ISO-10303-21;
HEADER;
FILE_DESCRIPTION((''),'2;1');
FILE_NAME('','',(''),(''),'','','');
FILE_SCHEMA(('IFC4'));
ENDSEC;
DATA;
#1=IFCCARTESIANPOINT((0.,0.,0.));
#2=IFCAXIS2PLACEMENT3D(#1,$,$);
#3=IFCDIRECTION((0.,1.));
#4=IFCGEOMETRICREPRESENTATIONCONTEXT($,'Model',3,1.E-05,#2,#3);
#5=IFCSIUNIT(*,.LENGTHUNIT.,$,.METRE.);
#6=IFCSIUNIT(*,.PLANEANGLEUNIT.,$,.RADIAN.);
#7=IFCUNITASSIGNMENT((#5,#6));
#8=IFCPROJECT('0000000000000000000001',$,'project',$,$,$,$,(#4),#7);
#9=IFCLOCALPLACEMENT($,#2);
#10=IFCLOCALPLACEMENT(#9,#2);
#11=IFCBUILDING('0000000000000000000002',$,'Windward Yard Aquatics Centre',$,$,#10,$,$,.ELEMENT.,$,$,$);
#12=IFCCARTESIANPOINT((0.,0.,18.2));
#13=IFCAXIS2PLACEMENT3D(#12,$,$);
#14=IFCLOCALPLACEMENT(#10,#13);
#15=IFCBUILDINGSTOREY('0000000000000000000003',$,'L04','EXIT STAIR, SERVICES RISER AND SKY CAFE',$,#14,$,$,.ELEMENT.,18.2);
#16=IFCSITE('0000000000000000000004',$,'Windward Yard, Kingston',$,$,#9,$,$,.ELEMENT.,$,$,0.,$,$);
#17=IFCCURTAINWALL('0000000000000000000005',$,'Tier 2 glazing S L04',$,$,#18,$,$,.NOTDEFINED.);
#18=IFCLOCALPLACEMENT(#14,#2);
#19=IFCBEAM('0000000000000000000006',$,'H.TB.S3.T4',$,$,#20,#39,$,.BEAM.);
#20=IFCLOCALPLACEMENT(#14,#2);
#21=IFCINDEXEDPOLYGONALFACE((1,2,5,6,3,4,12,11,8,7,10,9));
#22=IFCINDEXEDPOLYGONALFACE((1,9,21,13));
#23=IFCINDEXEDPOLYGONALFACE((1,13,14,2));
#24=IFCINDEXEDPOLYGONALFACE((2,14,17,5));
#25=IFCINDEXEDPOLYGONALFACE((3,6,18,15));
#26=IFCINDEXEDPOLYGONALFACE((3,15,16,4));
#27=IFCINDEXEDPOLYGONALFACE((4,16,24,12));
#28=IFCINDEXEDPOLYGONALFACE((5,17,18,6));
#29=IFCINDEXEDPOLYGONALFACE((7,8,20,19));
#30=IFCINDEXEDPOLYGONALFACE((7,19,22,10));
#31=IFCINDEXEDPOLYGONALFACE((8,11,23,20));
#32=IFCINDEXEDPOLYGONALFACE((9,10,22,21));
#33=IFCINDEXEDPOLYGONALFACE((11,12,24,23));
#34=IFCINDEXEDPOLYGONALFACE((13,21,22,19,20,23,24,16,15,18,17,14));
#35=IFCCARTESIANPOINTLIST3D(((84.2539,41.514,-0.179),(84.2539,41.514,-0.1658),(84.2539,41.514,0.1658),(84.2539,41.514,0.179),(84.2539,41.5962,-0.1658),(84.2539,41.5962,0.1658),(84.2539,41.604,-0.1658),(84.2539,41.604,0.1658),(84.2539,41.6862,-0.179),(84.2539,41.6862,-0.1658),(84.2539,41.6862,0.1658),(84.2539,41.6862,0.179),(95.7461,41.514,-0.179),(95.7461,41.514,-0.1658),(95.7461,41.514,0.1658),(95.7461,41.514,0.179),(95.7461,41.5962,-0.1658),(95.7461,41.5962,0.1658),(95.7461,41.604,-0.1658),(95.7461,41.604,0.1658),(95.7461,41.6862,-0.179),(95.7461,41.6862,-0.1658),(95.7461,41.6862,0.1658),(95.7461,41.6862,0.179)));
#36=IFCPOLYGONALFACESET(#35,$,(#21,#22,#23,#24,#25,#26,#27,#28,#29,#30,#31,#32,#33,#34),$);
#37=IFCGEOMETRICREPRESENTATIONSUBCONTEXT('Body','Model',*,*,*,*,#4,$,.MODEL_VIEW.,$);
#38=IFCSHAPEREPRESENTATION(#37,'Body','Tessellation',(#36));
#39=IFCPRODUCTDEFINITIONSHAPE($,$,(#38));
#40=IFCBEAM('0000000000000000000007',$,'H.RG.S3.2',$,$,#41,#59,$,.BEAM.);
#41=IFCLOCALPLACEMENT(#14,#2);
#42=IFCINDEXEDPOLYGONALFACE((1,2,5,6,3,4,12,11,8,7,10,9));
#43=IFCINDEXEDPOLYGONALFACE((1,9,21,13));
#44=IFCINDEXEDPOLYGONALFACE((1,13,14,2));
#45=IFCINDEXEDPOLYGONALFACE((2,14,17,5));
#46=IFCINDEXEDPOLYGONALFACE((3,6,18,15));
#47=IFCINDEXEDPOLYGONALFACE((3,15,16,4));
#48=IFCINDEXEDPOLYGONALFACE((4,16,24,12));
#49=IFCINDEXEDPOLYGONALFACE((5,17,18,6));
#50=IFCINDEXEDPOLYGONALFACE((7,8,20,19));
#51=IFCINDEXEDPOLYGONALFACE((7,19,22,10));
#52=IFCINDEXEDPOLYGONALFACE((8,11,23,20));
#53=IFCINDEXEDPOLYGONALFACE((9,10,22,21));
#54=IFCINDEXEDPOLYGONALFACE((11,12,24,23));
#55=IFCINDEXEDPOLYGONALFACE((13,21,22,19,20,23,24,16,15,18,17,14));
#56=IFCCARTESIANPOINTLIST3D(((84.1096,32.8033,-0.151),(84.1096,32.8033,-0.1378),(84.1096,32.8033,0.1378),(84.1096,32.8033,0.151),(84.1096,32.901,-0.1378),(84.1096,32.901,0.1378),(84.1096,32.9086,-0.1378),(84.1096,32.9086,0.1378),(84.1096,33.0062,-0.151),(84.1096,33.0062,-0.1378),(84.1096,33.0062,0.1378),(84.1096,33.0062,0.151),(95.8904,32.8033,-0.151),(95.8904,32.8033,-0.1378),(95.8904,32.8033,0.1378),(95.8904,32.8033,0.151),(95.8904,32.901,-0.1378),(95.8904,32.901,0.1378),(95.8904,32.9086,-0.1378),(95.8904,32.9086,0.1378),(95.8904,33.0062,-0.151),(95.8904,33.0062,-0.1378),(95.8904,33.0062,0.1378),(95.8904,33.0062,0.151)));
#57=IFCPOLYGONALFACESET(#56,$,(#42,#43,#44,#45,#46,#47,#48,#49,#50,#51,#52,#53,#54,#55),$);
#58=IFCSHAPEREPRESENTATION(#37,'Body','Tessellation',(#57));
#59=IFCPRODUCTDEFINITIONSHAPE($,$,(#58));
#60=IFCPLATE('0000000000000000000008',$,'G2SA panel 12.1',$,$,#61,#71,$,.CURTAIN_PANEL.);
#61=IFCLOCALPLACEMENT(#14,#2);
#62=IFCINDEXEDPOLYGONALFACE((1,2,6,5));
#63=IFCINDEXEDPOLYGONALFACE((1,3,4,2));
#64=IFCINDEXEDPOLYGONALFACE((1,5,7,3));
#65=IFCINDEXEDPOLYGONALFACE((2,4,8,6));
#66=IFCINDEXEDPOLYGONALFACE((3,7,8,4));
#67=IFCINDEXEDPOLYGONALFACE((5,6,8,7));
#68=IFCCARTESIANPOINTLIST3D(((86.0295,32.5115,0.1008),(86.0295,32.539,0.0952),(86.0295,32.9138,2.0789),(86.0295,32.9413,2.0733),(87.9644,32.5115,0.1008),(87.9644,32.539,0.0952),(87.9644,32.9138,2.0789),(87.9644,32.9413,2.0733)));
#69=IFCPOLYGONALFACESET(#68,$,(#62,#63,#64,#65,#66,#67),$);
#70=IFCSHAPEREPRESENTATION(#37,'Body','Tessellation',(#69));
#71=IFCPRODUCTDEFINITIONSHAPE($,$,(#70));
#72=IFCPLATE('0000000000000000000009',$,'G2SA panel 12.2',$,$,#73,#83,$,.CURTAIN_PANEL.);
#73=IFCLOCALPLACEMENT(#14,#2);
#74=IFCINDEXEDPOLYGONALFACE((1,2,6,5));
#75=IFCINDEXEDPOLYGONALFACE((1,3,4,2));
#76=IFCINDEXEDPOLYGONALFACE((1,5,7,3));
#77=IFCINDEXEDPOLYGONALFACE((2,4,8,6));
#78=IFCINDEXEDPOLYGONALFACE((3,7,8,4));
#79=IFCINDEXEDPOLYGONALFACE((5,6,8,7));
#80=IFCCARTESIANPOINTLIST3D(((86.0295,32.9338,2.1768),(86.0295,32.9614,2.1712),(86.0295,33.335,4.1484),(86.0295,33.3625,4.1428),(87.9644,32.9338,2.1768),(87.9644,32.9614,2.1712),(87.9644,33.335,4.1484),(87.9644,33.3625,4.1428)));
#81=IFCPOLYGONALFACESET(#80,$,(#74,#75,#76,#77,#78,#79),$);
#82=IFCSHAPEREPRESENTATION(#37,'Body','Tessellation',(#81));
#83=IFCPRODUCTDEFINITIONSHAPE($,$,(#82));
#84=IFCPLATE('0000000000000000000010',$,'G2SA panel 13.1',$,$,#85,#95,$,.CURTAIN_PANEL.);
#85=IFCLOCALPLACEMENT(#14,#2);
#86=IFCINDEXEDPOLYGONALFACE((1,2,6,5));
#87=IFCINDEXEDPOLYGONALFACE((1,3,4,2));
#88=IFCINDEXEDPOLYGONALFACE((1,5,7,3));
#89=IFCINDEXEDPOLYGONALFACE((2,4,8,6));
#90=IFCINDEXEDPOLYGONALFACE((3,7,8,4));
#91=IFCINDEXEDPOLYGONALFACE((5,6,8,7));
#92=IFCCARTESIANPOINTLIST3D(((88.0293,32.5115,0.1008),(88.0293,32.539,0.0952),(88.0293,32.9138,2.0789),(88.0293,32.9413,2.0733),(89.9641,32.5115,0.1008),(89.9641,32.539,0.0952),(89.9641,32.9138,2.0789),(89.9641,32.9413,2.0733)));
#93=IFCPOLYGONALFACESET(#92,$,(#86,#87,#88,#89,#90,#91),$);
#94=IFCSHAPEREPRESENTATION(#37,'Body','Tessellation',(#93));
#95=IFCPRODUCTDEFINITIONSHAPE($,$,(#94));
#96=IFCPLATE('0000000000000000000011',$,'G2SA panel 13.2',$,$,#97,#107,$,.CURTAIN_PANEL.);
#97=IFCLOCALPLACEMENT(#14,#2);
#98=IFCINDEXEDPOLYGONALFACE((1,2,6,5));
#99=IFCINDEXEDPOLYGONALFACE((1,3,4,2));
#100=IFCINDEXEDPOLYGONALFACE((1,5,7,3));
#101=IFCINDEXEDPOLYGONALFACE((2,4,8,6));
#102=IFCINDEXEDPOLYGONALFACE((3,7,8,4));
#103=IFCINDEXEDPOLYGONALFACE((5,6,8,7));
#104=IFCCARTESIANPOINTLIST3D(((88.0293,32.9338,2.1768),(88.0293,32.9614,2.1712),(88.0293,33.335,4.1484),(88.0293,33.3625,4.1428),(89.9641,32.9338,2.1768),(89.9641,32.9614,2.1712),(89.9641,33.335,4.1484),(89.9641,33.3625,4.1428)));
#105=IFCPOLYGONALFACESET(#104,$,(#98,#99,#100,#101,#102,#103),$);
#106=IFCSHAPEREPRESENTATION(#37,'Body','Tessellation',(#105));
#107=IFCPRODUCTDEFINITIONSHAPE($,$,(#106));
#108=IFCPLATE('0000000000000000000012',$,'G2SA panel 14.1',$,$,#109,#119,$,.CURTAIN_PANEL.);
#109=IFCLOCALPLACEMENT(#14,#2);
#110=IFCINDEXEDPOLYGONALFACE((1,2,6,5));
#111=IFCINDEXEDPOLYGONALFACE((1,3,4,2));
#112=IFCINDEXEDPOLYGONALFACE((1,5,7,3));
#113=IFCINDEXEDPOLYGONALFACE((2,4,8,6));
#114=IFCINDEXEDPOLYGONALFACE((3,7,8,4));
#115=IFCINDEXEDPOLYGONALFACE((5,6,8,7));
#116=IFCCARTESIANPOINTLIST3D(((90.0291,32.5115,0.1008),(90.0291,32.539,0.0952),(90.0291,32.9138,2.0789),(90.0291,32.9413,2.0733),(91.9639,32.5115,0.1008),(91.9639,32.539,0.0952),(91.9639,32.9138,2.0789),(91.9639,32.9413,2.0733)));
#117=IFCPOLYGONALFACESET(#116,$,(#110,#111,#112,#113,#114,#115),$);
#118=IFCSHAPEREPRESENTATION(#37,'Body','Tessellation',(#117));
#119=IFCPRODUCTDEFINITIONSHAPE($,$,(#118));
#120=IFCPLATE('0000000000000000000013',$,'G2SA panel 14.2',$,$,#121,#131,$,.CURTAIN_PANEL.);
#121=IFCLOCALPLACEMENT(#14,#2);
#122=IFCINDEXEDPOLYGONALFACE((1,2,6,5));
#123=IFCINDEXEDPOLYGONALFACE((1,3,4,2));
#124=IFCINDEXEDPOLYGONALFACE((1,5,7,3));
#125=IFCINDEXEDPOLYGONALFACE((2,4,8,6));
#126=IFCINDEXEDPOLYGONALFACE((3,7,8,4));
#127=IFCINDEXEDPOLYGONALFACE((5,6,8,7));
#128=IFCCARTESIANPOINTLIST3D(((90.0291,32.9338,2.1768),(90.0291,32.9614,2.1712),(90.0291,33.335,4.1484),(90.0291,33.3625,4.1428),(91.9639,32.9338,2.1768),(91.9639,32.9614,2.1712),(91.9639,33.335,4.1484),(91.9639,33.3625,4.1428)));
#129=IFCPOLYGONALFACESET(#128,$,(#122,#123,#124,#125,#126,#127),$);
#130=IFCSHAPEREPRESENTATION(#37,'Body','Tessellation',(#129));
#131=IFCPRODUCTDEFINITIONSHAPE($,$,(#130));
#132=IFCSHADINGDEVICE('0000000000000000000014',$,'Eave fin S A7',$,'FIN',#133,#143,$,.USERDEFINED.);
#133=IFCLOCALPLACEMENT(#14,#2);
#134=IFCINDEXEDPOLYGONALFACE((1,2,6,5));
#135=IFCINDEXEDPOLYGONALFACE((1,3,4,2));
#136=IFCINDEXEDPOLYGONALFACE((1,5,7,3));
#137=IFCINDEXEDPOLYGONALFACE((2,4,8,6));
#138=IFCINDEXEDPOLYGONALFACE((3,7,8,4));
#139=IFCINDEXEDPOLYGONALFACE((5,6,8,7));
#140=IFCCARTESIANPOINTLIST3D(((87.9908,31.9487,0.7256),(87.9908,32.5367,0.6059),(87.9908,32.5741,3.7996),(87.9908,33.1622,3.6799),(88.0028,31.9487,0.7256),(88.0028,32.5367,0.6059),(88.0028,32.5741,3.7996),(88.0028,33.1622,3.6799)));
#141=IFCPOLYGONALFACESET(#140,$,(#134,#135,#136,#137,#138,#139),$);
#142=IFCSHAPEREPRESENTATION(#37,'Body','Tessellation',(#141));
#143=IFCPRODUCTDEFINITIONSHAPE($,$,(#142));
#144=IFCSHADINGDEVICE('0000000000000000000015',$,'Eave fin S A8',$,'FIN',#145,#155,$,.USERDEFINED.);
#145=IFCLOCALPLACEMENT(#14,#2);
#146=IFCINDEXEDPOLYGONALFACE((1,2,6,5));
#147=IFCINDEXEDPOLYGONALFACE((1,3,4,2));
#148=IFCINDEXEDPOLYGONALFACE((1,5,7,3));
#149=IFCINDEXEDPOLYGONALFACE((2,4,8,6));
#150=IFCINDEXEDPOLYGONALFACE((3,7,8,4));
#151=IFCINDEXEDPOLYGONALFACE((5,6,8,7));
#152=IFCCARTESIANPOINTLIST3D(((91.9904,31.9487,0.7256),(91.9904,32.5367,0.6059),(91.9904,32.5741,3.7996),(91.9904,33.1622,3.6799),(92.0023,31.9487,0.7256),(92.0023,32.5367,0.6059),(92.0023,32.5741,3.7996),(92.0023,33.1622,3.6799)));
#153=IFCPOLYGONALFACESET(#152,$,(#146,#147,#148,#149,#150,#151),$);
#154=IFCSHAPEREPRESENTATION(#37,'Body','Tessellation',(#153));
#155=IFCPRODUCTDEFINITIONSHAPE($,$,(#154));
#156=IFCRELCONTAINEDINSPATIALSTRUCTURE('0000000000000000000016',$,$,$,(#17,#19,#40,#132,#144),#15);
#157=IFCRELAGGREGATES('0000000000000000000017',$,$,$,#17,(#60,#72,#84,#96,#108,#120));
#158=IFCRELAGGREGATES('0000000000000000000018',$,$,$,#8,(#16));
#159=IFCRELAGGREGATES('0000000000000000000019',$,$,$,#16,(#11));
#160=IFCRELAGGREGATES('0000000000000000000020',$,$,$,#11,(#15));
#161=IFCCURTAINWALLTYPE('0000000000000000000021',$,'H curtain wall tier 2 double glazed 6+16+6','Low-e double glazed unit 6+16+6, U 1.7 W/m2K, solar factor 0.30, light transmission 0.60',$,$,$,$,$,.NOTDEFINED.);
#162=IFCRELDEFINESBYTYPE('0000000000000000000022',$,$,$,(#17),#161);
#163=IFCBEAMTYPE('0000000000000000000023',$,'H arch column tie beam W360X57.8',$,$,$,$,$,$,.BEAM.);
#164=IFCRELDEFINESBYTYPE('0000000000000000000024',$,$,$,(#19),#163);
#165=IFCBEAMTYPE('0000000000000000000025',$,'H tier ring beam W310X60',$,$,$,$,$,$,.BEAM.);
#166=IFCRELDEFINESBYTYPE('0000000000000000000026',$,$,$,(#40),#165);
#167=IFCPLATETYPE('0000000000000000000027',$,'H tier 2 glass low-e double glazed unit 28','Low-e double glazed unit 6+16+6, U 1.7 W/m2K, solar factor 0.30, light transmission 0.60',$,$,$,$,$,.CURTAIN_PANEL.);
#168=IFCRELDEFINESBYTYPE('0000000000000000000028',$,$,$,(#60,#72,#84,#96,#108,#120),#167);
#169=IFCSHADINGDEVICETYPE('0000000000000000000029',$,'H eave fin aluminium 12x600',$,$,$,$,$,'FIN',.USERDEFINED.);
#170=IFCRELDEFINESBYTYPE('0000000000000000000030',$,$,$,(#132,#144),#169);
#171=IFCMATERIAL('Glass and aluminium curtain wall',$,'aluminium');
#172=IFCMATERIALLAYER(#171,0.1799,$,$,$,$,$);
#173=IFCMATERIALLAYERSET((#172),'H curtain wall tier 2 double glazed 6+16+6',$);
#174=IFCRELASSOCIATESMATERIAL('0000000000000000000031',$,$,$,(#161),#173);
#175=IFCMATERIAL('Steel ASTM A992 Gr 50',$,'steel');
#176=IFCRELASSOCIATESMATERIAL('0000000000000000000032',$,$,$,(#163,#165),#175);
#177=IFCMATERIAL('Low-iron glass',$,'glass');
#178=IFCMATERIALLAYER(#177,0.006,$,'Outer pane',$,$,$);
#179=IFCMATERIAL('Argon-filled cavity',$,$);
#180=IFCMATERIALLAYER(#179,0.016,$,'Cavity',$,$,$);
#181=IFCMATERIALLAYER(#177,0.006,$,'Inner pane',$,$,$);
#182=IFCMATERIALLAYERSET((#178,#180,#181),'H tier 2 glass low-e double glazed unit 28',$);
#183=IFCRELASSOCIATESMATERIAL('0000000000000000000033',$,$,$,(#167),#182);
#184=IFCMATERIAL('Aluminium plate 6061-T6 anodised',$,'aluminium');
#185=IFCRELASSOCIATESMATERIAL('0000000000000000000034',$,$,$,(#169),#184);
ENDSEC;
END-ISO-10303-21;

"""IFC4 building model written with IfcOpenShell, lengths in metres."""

from ifc_helpers import new_model, si_unit, direction, frame, origin, origin_2d, place, context, subcontext, project, spatial, polyline, rectangle, i_section, outline, extrude, material, layer, layer_set, material_profile, profile_set, type_object, element, aggregate, save


model = new_model("IFC4")

# Units and contexts
model_context = context("Model", 3, precision=1e-05, world=origin(), true_north=direction((0.0, 1.0)))
body_context = subcontext(model_context, "Body", "Model", "MODEL_VIEW")
ifc_project = project(units=[si_unit("LENGTHUNIT", "METRE"), si_unit("PLANEANGLEUNIT", "RADIAN")], contexts=[model_context])

# Site, building, storey
site_placement = place(None, origin())
site = spatial("IfcSite", under=ifc_project, at=site_placement, Name="Windward Yard, Kingston", CompositionType="ELEMENT", RefElevation=0.0)
building_placement = place(site_placement, origin())
building = spatial("IfcBuilding", under=site, at=building_placement, Name="Windward Yard Aquatics Centre", CompositionType="ELEMENT")
storey_placement = place(building_placement, frame((0.0, 0.0, 18.2)))
storey = spatial("IfcBuildingStorey", under=building, at=storey_placement, Name="L04", Description="EXIT STAIR, SERVICES RISER AND SKY CAFE", CompositionType="ELEMENT", Elevation=18.2)

# Curtain wall
ifc_material_1 = material(Name="Glass and aluminium curtain wall", Category="aluminium")
ifc_layer_1 = layer(ifc_material_1, 0.1799)
ifc_layer_set_1 = layer_set([ifc_layer_1], Name="H curtain wall tier 2 double glazed 6+16+6")
curtain_wall_type = type_object("IfcCurtainWallType", Name="H curtain wall tier 2 double glazed 6+16+6", Description="Low-e double glazed unit 6+16+6, U 1.7 W/m2K, solar factor 0.30, light transmission 0.60", PredefinedType="NOTDEFINED", material=ifc_layer_set_1)
curtain_wall_placement = place(storey_placement, origin())
curtain_wall = element("IfcCurtainWall", 1, at=curtain_wall_placement, inside=storey, type_object=curtain_wall_type, Name="Tier 2 glazing S L04", PredefinedType="NOTDEFINED")

# Beams
ifc_material_2 = material(Name="Steel ASTM A992 Gr 50", Category="steel")
ifc_material_profile_1 = material_profile(ifc_material_2, i_section(OverallWidth=0.1721, OverallDepth=0.3579, WebThickness=0.0078, FlangeThickness=0.0132, at=origin_2d()), Name="W360X57.8")
ifc_profile_set_1 = profile_set([ifc_material_profile_1], Name="Steel ASTM A992 Gr 50")
beam_type_1 = type_object("IfcBeamType", Name="H arch column tie beam W360X57.8", PredefinedType="BEAM", material=ifc_profile_set_1)
beam_1_placement = place(storey_placement, frame((84.2539, 41.6001, 0.0), z_axis=(1.0, 0.0, 0.0), x_axis=(0.0, 1.0, 0.0)))
element("IfcBeam", 2, at=beam_1_placement, inside=storey, type_object=beam_type_1, Name="H.TB.S3.T4", PredefinedType="BEAM", context=body_context, shape_type="SweptSolid", body=[
    extrude(i_section(OverallWidth=0.1721, OverallDepth=0.3579, WebThickness=0.0078, FlangeThickness=0.0132, at=origin_2d()), origin(), (0.0, 0.0, 1.0), 11.4922),
])
ifc_material_profile_2 = material_profile(ifc_material_2, i_section(OverallWidth=0.2029, OverallDepth=0.302, WebThickness=0.0076, FlangeThickness=0.0132, at=origin_2d()), Name="W310X60")
ifc_profile_set_2 = profile_set([ifc_material_profile_2], Name="Steel ASTM A992 Gr 50")
beam_type_2 = type_object("IfcBeamType", Name="H tier ring beam W310X60", PredefinedType="BEAM", material=ifc_profile_set_2)
beam_2_placement = place(storey_placement, frame((84.1096, 32.9048, 0.0), z_axis=(1.0, 0.0, 0.0), x_axis=(0.0, 1.0, 0.0)))
element("IfcBeam", 3, at=beam_2_placement, inside=storey, type_object=beam_type_2, Name="H.RG.S3.2", PredefinedType="BEAM", context=body_context, shape_type="SweptSolid", body=[
    extrude(i_section(OverallWidth=0.2029, OverallDepth=0.302, WebThickness=0.0076, FlangeThickness=0.0132, at=origin_2d()), origin(), (0.0, 0.0, 1.0), 11.7808),
])

# Plates
ifc_material_3 = material(Name="Low-iron glass", Category="glass")
ifc_layer_2 = layer(ifc_material_3, 0.006, Name="Outer pane")
ifc_material_4 = material(Name="Argon-filled cavity")
ifc_layer_3 = layer(ifc_material_4, 0.016, Name="Cavity")
ifc_layer_4 = layer(ifc_material_3, 0.006, Name="Inner pane")
ifc_layer_set_2 = layer_set([ifc_layer_2, ifc_layer_3, ifc_layer_4], Name="H tier 2 glass low-e double glazed unit 28")
plate_type = type_object("IfcPlateType", Name="H tier 2 glass low-e double glazed unit 28", Description="Low-e double glazed unit 6+16+6, U 1.7 W/m2K, solar factor 0.30, light transmission 0.60", PredefinedType="CURTAIN_PANEL", material=ifc_layer_set_2)
plate_1_placement = place(storey_placement, frame((86.0295, 32.5115, 0.1008), z_axis=(0.0, -0.979933, 0.199325), x_axis=(1.0, 0.0, 0.0)))
plate_1 = element("IfcPlate", 4, at=plate_1_placement, type_object=plate_type, Name="G2SA panel 12.1", PredefinedType="CURTAIN_PANEL", context=body_context, shape_type="SweptSolid", body=[
    extrude(outline(polyline([(0.0, 0.0), (1.9348, 0.0), (1.9348, 2.0185), (0.0, 2.0185), (0.0, 0.0)])), origin(), (0.0, 0.0, -1.0), 0.0281),
])
plate_2_placement = place(storey_placement, frame((86.0295, 32.9338, 2.1768), z_axis=(0.0, -0.979927, 0.199359), x_axis=(1.0, 0.0, 0.0)))
plate_2 = element("IfcPlate", 5, at=plate_2_placement, type_object=plate_type, Name="G2SA panel 12.2", PredefinedType="CURTAIN_PANEL", context=body_context, shape_type="SweptSolid", body=[
    extrude(outline(polyline([(0.0, 0.0), (1.9348, 0.0), (1.9348, 2.0121), (0.0, 2.0121), (0.0, 0.0)])), origin(), (0.0, 0.0, -1.0), 0.0281),
])
plate_3_placement = place(storey_placement, frame((88.0293, 32.5115, 0.1008), z_axis=(0.0, -0.979933, 0.199325), x_axis=(1.0, 0.0, 0.0)))
plate_3 = element("IfcPlate", 6, at=plate_3_placement, type_object=plate_type, Name="G2SA panel 13.1", PredefinedType="CURTAIN_PANEL", context=body_context, shape_type="SweptSolid", body=[
    extrude(outline(polyline([(0.0, 0.0), (1.9348, 0.0), (1.9348, 2.0185), (0.0, 2.0185), (0.0, 0.0)])), origin(), (0.0, 0.0, -1.0), 0.0281),
])
plate_4_placement = place(storey_placement, frame((88.0293, 32.9338, 2.1768), z_axis=(0.0, -0.979927, 0.199359), x_axis=(1.0, 0.0, 0.0)))
plate_4 = element("IfcPlate", 7, at=plate_4_placement, type_object=plate_type, Name="G2SA panel 13.2", PredefinedType="CURTAIN_PANEL", context=body_context, shape_type="SweptSolid", body=[
    extrude(outline(polyline([(0.0, 0.0), (1.9348, 0.0), (1.9348, 2.0121), (0.0, 2.0121), (0.0, 0.0)])), origin(), (0.0, 0.0, -1.0), 0.0281),
])
plate_5_placement = place(storey_placement, frame((90.0291, 32.5115, 0.1008), z_axis=(0.0, -0.979933, 0.199325), x_axis=(1.0, 0.0, 0.0)))
plate_5 = element("IfcPlate", 8, at=plate_5_placement, type_object=plate_type, Name="G2SA panel 14.1", PredefinedType="CURTAIN_PANEL", context=body_context, shape_type="SweptSolid", body=[
    extrude(outline(polyline([(0.0, 0.0), (1.9348, 0.0), (1.9348, 2.0185), (0.0, 2.0185), (0.0, 0.0)])), origin(), (0.0, 0.0, -1.0), 0.0281),
])
plate_6_placement = place(storey_placement, frame((90.0291, 32.9338, 2.1768), z_axis=(0.0, -0.979927, 0.199359), x_axis=(1.0, 0.0, 0.0)))
plate_6 = element("IfcPlate", 9, at=plate_6_placement, type_object=plate_type, Name="G2SA panel 14.2", PredefinedType="CURTAIN_PANEL", context=body_context, shape_type="SweptSolid", body=[
    extrude(outline(polyline([(0.0, 0.0), (1.9348, 0.0), (1.9348, 2.0121), (0.0, 2.0121), (0.0, 0.0)])), origin(), (0.0, 0.0, -1.0), 0.0281),
])
aggregate(curtain_wall, [plate_1, plate_2, plate_3, plate_4, plate_5, plate_6])

# Shading devices
ifc_material_5 = material(Name="Aluminium plate 6061-T6 anodised", Category="aluminium")
ifc_material_profile_3 = material_profile(ifc_material_5, rectangle(XDim=0.012, YDim=0.6001, at=origin_2d()), Name="H eave fin aluminium 12x600")
ifc_profile_set_3 = profile_set([ifc_material_profile_3], Name="Aluminium plate 6061-T6 anodised")
shading_device_type = type_object("IfcShadingDeviceType", Name="H eave fin aluminium 12x600", ElementType="FIN", PredefinedType="USERDEFINED", material=ifc_profile_set_3)
for number, where, z_axis, x_axis, name in (
    (10, (87.9968, 32.2427, 0.6658), (0.0, 0.199393, 0.97992), (-1.0, 0.0, 0.0), "Eave fin S A7"),
    (11, (91.9963, 32.2427, 0.6658), (0.0, 0.199393, 0.97992), (-1.0, 0.0, 0.0), "Eave fin S A8"),
):
    element("IfcShadingDevice", number, at=place(storey_placement, frame(where, z_axis=z_axis, x_axis=x_axis)), inside=storey, type_object=shading_device_type, Name=name, ObjectType="FIN", PredefinedType="USERDEFINED", context=body_context, shape_type="SweptSolid", body=[
        extrude(rectangle(XDim=0.012, YDim=0.6001, at=origin_2d()), origin(), (0.0, 0.0, 1.0), 3.137),
    ])

save(model, "model.ifc")
